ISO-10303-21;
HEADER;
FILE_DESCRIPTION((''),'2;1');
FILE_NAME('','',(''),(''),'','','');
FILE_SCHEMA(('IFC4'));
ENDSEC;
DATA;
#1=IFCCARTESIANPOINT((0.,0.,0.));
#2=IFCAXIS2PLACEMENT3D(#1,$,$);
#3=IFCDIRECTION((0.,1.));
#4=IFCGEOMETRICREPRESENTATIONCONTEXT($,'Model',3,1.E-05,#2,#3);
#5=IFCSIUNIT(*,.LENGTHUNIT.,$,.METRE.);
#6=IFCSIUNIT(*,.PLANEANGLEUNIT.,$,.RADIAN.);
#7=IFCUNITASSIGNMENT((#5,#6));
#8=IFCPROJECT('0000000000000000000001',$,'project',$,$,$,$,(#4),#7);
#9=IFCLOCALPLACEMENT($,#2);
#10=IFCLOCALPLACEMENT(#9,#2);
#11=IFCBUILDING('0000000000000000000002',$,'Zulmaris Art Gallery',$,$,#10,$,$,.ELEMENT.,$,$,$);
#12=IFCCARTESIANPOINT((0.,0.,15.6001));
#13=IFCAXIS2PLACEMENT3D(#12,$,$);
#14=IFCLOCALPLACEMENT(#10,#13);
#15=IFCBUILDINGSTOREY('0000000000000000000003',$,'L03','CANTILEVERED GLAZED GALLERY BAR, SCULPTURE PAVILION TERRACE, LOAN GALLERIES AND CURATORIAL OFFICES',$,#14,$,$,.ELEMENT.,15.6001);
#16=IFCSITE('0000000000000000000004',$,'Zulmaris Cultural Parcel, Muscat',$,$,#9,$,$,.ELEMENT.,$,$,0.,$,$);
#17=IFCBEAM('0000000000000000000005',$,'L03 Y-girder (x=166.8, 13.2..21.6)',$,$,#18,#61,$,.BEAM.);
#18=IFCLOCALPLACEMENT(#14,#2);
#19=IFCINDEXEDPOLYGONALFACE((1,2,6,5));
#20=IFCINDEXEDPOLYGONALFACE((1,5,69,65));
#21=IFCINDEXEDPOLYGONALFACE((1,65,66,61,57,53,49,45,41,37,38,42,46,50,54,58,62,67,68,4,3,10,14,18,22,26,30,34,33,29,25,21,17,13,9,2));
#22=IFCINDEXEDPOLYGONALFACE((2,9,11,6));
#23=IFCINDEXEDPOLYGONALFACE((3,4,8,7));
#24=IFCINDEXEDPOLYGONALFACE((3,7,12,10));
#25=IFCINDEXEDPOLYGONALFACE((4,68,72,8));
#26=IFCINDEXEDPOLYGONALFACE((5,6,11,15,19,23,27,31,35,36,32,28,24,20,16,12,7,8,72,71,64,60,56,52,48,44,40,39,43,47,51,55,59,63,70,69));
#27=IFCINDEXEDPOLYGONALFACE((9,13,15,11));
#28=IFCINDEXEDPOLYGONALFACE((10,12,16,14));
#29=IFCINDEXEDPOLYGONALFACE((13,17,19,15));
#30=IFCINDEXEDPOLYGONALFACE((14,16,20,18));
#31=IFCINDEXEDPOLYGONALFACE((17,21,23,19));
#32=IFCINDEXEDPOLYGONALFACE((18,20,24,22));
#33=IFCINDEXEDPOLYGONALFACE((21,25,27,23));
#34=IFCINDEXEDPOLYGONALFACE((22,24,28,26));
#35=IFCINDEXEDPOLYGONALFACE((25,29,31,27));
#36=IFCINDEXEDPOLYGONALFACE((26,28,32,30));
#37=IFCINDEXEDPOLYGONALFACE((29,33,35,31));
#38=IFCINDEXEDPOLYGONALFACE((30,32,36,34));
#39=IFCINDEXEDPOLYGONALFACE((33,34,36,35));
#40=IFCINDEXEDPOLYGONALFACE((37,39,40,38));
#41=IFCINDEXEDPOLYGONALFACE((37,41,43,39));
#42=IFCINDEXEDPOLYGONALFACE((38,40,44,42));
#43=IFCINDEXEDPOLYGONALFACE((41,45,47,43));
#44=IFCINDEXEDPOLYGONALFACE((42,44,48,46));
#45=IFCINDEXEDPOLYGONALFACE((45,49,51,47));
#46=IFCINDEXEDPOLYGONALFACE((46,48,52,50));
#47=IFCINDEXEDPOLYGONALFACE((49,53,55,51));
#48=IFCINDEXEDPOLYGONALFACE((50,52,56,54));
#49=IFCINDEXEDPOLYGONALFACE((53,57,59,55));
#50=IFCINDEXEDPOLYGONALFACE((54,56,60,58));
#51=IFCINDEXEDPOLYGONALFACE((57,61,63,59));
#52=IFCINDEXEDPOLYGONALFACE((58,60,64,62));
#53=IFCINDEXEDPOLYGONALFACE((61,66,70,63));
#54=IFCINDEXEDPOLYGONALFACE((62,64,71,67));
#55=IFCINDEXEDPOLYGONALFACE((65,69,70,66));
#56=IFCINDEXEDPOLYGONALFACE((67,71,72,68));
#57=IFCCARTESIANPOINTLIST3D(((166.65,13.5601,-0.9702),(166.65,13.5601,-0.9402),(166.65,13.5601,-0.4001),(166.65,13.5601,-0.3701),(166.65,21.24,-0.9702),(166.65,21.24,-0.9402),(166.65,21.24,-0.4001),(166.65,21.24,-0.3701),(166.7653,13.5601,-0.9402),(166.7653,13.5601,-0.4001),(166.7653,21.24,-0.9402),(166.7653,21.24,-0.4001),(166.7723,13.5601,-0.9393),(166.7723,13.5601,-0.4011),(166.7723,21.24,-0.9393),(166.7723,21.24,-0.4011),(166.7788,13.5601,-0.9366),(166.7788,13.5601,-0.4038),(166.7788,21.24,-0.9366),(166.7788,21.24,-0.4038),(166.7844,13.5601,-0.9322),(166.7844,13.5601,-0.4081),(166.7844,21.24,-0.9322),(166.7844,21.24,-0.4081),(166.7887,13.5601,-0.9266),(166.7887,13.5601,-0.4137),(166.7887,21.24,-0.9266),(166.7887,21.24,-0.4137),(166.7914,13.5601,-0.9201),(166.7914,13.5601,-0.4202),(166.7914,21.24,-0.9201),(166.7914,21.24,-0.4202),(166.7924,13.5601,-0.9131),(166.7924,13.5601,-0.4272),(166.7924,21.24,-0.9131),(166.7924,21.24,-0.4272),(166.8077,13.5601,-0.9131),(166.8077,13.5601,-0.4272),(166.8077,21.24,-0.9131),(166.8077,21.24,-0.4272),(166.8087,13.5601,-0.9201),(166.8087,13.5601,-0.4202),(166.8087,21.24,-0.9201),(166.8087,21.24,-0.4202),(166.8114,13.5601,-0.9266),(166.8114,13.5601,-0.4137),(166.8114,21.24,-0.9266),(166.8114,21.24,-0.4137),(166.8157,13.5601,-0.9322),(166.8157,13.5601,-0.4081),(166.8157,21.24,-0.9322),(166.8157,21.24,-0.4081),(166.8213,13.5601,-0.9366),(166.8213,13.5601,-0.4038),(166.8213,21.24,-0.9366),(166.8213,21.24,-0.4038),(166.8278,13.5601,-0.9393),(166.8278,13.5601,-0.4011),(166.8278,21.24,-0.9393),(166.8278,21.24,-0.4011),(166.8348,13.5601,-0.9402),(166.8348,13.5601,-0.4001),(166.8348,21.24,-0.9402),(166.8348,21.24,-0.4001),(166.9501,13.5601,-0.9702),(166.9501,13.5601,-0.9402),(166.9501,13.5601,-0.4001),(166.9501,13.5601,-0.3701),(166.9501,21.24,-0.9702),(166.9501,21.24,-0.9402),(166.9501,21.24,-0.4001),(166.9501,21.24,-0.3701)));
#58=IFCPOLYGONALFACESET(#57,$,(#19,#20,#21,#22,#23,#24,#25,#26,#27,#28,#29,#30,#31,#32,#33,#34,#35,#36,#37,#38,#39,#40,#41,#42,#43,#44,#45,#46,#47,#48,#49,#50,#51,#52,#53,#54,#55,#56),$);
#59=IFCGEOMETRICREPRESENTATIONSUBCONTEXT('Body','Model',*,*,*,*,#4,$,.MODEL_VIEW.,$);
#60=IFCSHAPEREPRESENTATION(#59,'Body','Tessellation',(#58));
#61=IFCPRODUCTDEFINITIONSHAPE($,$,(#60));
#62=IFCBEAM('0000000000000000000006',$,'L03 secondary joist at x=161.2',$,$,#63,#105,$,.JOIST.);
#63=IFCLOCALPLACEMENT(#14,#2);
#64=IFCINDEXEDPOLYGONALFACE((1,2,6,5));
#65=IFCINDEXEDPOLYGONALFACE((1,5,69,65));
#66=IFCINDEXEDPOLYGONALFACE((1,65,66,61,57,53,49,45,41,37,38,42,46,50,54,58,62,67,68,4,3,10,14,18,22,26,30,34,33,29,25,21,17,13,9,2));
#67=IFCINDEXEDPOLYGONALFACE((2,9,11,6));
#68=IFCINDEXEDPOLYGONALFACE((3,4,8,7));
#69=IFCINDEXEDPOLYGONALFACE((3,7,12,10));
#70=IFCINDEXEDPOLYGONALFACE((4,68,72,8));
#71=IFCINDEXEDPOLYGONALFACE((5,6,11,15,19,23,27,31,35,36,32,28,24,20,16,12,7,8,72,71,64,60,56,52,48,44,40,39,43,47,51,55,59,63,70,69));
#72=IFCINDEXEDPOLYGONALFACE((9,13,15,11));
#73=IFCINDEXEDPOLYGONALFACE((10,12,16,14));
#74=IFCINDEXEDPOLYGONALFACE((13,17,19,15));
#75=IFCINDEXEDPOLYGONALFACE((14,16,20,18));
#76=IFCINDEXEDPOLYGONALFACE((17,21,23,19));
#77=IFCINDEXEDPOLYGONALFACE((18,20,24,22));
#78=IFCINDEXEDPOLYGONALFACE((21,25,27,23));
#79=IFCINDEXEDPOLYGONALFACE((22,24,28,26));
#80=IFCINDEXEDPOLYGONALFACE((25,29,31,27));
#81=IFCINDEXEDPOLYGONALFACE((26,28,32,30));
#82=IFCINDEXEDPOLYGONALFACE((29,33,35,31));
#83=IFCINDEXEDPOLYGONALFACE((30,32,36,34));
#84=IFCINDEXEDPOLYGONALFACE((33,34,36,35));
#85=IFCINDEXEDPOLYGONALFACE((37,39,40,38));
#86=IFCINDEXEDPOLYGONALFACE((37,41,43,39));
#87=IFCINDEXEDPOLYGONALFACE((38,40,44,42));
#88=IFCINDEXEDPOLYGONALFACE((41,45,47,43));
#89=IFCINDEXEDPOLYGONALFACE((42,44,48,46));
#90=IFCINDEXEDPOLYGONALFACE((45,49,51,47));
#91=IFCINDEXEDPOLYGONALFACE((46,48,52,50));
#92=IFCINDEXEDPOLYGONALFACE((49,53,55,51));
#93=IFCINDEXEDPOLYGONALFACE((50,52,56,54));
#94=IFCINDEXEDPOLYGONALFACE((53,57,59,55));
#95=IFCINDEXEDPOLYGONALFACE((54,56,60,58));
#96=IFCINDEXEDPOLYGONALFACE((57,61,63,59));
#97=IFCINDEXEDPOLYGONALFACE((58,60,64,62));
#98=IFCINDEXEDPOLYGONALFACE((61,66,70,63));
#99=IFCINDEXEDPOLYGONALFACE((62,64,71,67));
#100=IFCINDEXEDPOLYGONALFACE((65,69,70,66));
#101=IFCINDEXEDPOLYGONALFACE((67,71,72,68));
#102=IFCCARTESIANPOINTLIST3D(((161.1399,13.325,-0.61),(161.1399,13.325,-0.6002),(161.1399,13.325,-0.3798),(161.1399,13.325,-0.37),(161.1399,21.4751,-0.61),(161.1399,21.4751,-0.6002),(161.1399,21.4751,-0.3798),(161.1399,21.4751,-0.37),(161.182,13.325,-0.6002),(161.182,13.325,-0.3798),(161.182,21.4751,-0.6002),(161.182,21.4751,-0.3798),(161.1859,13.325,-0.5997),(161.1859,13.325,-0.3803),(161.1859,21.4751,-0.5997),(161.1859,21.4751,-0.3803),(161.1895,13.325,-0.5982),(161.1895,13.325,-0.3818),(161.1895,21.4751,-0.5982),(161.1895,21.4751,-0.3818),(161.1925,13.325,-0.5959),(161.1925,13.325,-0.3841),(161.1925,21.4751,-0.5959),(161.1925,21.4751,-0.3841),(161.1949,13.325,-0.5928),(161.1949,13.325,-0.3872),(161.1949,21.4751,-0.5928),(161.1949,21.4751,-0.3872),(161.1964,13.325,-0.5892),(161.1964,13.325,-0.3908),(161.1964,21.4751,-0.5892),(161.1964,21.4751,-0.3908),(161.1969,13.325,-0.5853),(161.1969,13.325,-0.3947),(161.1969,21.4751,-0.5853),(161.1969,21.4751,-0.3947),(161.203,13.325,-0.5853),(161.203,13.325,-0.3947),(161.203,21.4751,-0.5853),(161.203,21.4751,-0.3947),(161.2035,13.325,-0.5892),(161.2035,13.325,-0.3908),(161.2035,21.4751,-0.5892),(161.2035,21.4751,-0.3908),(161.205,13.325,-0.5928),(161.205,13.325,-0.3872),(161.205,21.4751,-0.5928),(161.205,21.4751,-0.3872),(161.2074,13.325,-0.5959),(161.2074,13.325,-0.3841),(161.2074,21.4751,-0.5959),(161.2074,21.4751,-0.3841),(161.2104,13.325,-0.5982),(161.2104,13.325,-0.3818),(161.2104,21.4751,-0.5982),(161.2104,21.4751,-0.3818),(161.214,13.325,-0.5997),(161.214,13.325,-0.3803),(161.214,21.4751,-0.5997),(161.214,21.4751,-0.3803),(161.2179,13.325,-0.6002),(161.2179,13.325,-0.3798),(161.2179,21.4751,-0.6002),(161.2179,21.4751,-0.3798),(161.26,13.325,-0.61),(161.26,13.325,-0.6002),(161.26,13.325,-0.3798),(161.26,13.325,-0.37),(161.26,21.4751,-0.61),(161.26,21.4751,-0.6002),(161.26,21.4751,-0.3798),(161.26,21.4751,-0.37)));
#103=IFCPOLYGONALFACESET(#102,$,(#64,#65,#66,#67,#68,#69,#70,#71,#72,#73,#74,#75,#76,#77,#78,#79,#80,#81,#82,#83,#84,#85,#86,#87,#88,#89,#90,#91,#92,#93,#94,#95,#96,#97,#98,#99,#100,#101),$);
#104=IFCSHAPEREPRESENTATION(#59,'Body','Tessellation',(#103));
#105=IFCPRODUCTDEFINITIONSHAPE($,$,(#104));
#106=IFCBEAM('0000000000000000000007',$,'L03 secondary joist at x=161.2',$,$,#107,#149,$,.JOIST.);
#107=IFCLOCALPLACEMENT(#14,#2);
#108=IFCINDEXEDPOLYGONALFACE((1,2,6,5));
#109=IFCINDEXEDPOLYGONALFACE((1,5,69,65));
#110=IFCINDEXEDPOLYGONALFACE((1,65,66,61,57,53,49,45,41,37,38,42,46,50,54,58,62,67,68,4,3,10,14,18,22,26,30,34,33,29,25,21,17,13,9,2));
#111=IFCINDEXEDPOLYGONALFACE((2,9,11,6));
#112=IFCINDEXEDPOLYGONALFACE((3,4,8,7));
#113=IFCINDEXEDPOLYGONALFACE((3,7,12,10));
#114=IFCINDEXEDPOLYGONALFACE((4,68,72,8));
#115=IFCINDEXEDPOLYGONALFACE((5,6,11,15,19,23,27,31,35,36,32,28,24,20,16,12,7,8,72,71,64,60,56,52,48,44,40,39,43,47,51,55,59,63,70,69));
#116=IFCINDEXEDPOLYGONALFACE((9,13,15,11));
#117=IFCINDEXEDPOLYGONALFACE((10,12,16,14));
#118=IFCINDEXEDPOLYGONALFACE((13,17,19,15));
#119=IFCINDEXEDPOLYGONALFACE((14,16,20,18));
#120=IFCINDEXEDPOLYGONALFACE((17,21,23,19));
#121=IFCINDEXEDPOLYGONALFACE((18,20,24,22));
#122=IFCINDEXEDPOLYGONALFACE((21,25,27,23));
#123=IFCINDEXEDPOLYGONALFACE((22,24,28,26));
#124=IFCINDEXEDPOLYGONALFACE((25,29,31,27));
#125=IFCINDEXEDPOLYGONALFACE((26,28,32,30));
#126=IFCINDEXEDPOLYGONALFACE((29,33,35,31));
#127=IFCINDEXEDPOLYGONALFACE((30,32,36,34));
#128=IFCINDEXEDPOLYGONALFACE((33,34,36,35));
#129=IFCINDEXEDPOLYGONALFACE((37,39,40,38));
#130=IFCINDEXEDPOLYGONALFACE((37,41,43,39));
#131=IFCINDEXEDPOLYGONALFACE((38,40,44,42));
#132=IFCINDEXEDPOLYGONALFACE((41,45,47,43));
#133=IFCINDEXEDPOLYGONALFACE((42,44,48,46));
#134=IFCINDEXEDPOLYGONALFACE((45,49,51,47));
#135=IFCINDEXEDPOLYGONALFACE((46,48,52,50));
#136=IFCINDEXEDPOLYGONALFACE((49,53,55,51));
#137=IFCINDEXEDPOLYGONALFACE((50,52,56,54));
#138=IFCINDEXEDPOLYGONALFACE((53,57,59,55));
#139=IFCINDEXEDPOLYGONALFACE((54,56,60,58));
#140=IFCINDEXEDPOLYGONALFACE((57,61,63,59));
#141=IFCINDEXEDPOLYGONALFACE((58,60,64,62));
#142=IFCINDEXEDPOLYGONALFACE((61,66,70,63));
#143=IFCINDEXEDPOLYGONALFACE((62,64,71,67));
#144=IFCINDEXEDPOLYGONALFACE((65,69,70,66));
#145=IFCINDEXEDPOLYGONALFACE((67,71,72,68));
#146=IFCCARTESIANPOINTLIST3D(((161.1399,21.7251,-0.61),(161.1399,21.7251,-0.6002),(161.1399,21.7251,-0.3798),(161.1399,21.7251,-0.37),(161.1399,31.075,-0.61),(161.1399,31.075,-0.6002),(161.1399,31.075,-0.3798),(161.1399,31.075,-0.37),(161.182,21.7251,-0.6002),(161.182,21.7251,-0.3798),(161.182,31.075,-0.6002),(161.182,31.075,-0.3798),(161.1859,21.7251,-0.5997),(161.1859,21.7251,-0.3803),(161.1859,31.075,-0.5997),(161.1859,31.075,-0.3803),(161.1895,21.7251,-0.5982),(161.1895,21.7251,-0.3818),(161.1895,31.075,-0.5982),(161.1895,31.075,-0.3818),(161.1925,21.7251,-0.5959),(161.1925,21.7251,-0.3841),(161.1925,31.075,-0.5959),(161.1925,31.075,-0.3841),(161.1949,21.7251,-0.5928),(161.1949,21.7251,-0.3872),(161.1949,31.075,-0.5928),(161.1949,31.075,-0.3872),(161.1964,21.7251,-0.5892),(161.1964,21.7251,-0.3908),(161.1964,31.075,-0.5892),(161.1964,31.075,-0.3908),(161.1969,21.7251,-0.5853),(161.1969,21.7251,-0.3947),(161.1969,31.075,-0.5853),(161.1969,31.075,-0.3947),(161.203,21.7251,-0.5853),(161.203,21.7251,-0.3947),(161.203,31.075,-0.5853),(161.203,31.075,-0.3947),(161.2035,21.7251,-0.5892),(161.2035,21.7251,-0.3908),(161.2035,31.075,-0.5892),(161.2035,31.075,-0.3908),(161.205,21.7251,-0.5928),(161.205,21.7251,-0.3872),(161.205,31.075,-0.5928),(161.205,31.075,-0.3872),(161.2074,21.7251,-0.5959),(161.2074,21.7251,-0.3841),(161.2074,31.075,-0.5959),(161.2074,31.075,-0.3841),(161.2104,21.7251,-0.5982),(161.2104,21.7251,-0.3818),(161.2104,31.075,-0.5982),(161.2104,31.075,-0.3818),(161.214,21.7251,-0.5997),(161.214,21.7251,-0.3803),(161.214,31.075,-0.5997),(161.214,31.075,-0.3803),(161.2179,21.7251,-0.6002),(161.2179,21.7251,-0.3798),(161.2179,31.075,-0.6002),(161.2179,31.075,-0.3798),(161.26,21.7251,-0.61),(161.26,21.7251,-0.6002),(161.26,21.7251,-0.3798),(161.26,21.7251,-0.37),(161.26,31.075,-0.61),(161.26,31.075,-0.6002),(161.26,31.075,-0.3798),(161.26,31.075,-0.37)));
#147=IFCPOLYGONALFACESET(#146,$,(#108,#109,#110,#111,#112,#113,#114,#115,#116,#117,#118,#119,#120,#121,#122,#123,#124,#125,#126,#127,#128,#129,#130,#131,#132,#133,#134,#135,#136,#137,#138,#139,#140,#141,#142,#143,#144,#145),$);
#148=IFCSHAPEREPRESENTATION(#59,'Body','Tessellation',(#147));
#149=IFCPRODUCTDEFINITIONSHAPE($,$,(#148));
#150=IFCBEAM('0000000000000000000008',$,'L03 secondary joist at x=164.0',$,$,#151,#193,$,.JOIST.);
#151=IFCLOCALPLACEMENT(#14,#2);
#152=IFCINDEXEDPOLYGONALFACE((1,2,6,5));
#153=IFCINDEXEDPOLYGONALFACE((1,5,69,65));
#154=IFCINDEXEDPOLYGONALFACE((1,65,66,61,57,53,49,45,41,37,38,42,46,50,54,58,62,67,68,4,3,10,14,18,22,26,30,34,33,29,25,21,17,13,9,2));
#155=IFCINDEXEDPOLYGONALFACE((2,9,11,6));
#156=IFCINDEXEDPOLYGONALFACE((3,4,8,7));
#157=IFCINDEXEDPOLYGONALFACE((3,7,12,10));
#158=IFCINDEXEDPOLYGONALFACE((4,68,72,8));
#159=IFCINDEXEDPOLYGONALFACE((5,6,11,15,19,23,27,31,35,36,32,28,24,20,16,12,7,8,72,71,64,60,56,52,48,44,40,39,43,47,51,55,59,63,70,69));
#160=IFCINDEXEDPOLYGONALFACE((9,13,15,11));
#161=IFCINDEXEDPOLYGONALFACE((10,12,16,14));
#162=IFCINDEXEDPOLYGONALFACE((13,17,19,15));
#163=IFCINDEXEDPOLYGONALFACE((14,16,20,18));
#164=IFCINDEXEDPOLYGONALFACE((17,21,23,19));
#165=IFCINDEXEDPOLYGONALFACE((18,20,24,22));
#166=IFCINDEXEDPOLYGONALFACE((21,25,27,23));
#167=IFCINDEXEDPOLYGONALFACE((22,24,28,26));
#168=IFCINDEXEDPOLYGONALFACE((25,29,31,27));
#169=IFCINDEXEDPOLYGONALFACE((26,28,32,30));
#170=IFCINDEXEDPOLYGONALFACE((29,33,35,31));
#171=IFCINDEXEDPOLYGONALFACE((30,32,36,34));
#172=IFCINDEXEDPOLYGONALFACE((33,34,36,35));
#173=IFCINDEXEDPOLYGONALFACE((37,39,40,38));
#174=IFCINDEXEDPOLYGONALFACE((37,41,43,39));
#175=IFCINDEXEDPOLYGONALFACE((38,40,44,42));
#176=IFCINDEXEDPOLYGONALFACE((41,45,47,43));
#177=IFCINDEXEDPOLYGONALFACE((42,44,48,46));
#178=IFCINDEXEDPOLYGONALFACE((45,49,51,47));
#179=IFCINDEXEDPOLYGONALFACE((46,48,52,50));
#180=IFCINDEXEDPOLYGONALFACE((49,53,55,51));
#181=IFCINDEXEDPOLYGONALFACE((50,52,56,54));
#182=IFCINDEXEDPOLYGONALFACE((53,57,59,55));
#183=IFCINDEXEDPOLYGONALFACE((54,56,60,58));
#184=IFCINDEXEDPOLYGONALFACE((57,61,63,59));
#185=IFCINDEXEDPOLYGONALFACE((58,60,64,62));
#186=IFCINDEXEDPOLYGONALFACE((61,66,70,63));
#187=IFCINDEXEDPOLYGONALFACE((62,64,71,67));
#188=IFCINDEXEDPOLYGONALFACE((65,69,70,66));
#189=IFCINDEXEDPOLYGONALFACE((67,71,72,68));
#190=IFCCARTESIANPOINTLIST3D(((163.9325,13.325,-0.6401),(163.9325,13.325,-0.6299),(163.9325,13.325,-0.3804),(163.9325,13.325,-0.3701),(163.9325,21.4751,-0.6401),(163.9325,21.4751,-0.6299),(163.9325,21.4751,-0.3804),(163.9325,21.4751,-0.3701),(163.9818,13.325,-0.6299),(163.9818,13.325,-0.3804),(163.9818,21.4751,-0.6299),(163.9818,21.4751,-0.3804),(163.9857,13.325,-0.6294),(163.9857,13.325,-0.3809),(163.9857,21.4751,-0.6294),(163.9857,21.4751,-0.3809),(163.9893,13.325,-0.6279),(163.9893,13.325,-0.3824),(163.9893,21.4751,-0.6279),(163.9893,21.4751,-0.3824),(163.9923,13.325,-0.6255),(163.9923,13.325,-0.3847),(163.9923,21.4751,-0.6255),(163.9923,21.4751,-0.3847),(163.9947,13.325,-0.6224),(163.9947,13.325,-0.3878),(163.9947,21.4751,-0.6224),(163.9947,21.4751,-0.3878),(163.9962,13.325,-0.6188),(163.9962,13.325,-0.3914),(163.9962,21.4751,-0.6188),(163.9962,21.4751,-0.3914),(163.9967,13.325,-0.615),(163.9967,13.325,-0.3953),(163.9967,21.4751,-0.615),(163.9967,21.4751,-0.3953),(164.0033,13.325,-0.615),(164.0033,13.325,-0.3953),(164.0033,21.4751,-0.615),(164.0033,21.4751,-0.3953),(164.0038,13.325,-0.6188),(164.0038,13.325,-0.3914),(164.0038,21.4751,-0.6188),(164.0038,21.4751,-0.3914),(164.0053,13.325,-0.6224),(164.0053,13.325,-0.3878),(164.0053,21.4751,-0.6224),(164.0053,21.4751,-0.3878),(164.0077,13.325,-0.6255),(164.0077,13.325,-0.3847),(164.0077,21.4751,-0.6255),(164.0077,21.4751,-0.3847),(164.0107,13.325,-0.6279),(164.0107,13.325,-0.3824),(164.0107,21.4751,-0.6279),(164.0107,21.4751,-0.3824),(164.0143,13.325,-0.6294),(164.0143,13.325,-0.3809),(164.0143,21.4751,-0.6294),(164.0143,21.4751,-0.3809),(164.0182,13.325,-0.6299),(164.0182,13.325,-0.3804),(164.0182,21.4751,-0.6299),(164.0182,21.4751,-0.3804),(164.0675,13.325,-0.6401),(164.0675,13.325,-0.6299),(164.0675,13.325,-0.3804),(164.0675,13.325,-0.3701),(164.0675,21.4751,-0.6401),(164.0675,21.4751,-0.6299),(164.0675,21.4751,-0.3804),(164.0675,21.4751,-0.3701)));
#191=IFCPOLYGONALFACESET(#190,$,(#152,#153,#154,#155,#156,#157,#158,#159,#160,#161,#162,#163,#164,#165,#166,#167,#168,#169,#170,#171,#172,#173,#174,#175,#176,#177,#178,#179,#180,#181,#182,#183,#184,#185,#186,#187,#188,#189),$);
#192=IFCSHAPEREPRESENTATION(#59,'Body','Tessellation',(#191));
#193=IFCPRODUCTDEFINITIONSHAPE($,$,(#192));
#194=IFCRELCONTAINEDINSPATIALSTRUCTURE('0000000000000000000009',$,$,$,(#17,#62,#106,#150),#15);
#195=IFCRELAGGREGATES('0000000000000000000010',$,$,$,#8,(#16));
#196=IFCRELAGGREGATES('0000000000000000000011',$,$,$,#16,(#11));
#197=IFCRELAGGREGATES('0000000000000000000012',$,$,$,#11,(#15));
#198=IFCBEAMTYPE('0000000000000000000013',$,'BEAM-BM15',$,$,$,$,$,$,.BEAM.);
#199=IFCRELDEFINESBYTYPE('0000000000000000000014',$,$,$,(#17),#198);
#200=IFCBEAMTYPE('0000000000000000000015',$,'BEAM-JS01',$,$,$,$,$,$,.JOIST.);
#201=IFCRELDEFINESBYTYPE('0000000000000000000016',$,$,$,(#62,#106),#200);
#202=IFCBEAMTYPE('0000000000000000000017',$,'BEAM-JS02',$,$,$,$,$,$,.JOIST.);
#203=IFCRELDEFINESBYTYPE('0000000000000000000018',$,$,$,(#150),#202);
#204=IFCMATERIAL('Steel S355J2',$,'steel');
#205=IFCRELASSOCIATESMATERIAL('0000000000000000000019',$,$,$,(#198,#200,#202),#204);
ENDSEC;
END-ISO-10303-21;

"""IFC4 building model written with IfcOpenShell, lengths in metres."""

from ifc_helpers import new_model, si_unit, direction, frame, origin, origin_2d, place, context, subcontext, project, spatial, i_section, extrude, material, material_profile, profile_set, type_object, element, save


model = new_model("IFC4")

# Units and contexts
model_context = context("Model", 3, precision=1e-05, world=origin(), true_north=direction((0.0, 1.0)))
body_context = subcontext(model_context, "Body", "Model", "MODEL_VIEW")
ifc_project = project(units=[si_unit("LENGTHUNIT", "METRE"), si_unit("PLANEANGLEUNIT", "RADIAN")], contexts=[model_context])

# Site, building, storey
site_placement = place(None, origin())
site = spatial("IfcSite", under=ifc_project, at=site_placement, Name="Zulmaris Cultural Parcel, Muscat", CompositionType="ELEMENT", RefElevation=0.0)
building_placement = place(site_placement, origin())
building = spatial("IfcBuilding", under=site, at=building_placement, Name="Zulmaris Art Gallery", CompositionType="ELEMENT")
storey_placement = place(building_placement, frame((0.0, 0.0, 15.6001)))
storey = spatial("IfcBuildingStorey", under=building, at=storey_placement, Name="L03", Description="CANTILEVERED GLAZED GALLERY BAR, SCULPTURE PAVILION TERRACE, LOAN GALLERIES AND CURATORIAL OFFICES", CompositionType="ELEMENT", Elevation=15.6001)

# Beams
ifc_material_1 = material(Name="Steel S355J2", Category="steel")
ifc_material_profile_1 = material_profile(ifc_material_1, i_section(OverallWidth=0.3, OverallDepth=0.6001, WebThickness=0.0154, FlangeThickness=0.03, FilletRadius=0.0271, at=origin_2d()), Name="HEB 600")
ifc_profile_set_1 = profile_set([ifc_material_profile_1], Name="Steel S355J2")
beam_type_1 = type_object("IfcBeamType", Name="BEAM-BM15", PredefinedType="BEAM", material=ifc_profile_set_1)
beam_1_placement = place(storey_placement, frame((166.8, 13.5601, -0.6702), z_axis=(0.0, 1.0, 0.0), x_axis=(-1.0, 0.0, 0.0)))
element("IfcBeam", 1, at=beam_1_placement, inside=storey, type_object=beam_type_1, Name="L03 Y-girder (x=166.8, 13.2..21.6)", PredefinedType="BEAM", context=body_context, shape_type="SweptSolid", body=[
    extrude(i_section(OverallWidth=0.3, OverallDepth=0.6001, WebThickness=0.0154, FlangeThickness=0.03, FilletRadius=0.0271, at=origin_2d()), origin(), (0.0, 0.0, 1.0), 7.6799),
])
ifc_material_profile_2 = material_profile(ifc_material_1, i_section(OverallWidth=0.1201, OverallDepth=0.24, WebThickness=0.0061, FlangeThickness=0.0098, FilletRadius=0.0149, at=origin_2d()), Name="IPE 240")
ifc_profile_set_2 = profile_set([ifc_material_profile_2], Name="Steel S355J2")
beam_type_2 = type_object("IfcBeamType", Name="BEAM-JS01", PredefinedType="JOIST", material=ifc_profile_set_2)
beam_2_placement = place(storey_placement, frame((161.2, 13.325, -0.49), z_axis=(0.0, 1.0, 0.0), x_axis=(-1.0, 0.0, 0.0)))
element("IfcBeam", 2, at=beam_2_placement, inside=storey, type_object=beam_type_2, Name="L03 secondary joist at x=161.2", PredefinedType="JOIST", context=body_context, shape_type="SweptSolid", body=[
    extrude(i_section(OverallWidth=0.1201, OverallDepth=0.24, WebThickness=0.0061, FlangeThickness=0.0098, FilletRadius=0.0149, at=origin_2d()), origin(), (0.0, 0.0, 1.0), 8.1501),
])
beam_3_placement = place(storey_placement, frame((161.2, 21.7251, -0.49), z_axis=(0.0, 1.0, 0.0), x_axis=(-1.0, 0.0, 0.0)))
element("IfcBeam", 3, at=beam_3_placement, inside=storey, type_object=beam_type_2, Name="L03 secondary joist at x=161.2", PredefinedType="JOIST", context=body_context, shape_type="SweptSolid", body=[
    extrude(i_section(OverallWidth=0.1201, OverallDepth=0.24, WebThickness=0.0061, FlangeThickness=0.0098, FilletRadius=0.0149, at=origin_2d()), origin(), (0.0, 0.0, 1.0), 9.3499),
])
ifc_material_profile_3 = material_profile(ifc_material_1, i_section(OverallWidth=0.135, OverallDepth=0.27, WebThickness=0.0066, FlangeThickness=0.0103, FilletRadius=0.0149, at=origin_2d()), Name="IPE 270")
ifc_profile_set_3 = profile_set([ifc_material_profile_3], Name="Steel S355J2")
beam_type_3 = type_object("IfcBeamType", Name="BEAM-JS02", PredefinedType="JOIST", material=ifc_profile_set_3)
beam_4_placement = place(storey_placement, frame((164.0, 13.325, -0.5051), z_axis=(0.0, 1.0, 0.0), x_axis=(-1.0, 0.0, 0.0)))
element("IfcBeam", 4, at=beam_4_placement, inside=storey, type_object=beam_type_3, Name="L03 secondary joist at x=164.0", PredefinedType="JOIST", context=body_context, shape_type="SweptSolid", body=[
    extrude(i_section(OverallWidth=0.135, OverallDepth=0.27, WebThickness=0.0066, FlangeThickness=0.0103, FilletRadius=0.0149, at=origin_2d()), origin(), (0.0, 0.0, 1.0), 8.1501),
])

save(model, "model.ifc")
